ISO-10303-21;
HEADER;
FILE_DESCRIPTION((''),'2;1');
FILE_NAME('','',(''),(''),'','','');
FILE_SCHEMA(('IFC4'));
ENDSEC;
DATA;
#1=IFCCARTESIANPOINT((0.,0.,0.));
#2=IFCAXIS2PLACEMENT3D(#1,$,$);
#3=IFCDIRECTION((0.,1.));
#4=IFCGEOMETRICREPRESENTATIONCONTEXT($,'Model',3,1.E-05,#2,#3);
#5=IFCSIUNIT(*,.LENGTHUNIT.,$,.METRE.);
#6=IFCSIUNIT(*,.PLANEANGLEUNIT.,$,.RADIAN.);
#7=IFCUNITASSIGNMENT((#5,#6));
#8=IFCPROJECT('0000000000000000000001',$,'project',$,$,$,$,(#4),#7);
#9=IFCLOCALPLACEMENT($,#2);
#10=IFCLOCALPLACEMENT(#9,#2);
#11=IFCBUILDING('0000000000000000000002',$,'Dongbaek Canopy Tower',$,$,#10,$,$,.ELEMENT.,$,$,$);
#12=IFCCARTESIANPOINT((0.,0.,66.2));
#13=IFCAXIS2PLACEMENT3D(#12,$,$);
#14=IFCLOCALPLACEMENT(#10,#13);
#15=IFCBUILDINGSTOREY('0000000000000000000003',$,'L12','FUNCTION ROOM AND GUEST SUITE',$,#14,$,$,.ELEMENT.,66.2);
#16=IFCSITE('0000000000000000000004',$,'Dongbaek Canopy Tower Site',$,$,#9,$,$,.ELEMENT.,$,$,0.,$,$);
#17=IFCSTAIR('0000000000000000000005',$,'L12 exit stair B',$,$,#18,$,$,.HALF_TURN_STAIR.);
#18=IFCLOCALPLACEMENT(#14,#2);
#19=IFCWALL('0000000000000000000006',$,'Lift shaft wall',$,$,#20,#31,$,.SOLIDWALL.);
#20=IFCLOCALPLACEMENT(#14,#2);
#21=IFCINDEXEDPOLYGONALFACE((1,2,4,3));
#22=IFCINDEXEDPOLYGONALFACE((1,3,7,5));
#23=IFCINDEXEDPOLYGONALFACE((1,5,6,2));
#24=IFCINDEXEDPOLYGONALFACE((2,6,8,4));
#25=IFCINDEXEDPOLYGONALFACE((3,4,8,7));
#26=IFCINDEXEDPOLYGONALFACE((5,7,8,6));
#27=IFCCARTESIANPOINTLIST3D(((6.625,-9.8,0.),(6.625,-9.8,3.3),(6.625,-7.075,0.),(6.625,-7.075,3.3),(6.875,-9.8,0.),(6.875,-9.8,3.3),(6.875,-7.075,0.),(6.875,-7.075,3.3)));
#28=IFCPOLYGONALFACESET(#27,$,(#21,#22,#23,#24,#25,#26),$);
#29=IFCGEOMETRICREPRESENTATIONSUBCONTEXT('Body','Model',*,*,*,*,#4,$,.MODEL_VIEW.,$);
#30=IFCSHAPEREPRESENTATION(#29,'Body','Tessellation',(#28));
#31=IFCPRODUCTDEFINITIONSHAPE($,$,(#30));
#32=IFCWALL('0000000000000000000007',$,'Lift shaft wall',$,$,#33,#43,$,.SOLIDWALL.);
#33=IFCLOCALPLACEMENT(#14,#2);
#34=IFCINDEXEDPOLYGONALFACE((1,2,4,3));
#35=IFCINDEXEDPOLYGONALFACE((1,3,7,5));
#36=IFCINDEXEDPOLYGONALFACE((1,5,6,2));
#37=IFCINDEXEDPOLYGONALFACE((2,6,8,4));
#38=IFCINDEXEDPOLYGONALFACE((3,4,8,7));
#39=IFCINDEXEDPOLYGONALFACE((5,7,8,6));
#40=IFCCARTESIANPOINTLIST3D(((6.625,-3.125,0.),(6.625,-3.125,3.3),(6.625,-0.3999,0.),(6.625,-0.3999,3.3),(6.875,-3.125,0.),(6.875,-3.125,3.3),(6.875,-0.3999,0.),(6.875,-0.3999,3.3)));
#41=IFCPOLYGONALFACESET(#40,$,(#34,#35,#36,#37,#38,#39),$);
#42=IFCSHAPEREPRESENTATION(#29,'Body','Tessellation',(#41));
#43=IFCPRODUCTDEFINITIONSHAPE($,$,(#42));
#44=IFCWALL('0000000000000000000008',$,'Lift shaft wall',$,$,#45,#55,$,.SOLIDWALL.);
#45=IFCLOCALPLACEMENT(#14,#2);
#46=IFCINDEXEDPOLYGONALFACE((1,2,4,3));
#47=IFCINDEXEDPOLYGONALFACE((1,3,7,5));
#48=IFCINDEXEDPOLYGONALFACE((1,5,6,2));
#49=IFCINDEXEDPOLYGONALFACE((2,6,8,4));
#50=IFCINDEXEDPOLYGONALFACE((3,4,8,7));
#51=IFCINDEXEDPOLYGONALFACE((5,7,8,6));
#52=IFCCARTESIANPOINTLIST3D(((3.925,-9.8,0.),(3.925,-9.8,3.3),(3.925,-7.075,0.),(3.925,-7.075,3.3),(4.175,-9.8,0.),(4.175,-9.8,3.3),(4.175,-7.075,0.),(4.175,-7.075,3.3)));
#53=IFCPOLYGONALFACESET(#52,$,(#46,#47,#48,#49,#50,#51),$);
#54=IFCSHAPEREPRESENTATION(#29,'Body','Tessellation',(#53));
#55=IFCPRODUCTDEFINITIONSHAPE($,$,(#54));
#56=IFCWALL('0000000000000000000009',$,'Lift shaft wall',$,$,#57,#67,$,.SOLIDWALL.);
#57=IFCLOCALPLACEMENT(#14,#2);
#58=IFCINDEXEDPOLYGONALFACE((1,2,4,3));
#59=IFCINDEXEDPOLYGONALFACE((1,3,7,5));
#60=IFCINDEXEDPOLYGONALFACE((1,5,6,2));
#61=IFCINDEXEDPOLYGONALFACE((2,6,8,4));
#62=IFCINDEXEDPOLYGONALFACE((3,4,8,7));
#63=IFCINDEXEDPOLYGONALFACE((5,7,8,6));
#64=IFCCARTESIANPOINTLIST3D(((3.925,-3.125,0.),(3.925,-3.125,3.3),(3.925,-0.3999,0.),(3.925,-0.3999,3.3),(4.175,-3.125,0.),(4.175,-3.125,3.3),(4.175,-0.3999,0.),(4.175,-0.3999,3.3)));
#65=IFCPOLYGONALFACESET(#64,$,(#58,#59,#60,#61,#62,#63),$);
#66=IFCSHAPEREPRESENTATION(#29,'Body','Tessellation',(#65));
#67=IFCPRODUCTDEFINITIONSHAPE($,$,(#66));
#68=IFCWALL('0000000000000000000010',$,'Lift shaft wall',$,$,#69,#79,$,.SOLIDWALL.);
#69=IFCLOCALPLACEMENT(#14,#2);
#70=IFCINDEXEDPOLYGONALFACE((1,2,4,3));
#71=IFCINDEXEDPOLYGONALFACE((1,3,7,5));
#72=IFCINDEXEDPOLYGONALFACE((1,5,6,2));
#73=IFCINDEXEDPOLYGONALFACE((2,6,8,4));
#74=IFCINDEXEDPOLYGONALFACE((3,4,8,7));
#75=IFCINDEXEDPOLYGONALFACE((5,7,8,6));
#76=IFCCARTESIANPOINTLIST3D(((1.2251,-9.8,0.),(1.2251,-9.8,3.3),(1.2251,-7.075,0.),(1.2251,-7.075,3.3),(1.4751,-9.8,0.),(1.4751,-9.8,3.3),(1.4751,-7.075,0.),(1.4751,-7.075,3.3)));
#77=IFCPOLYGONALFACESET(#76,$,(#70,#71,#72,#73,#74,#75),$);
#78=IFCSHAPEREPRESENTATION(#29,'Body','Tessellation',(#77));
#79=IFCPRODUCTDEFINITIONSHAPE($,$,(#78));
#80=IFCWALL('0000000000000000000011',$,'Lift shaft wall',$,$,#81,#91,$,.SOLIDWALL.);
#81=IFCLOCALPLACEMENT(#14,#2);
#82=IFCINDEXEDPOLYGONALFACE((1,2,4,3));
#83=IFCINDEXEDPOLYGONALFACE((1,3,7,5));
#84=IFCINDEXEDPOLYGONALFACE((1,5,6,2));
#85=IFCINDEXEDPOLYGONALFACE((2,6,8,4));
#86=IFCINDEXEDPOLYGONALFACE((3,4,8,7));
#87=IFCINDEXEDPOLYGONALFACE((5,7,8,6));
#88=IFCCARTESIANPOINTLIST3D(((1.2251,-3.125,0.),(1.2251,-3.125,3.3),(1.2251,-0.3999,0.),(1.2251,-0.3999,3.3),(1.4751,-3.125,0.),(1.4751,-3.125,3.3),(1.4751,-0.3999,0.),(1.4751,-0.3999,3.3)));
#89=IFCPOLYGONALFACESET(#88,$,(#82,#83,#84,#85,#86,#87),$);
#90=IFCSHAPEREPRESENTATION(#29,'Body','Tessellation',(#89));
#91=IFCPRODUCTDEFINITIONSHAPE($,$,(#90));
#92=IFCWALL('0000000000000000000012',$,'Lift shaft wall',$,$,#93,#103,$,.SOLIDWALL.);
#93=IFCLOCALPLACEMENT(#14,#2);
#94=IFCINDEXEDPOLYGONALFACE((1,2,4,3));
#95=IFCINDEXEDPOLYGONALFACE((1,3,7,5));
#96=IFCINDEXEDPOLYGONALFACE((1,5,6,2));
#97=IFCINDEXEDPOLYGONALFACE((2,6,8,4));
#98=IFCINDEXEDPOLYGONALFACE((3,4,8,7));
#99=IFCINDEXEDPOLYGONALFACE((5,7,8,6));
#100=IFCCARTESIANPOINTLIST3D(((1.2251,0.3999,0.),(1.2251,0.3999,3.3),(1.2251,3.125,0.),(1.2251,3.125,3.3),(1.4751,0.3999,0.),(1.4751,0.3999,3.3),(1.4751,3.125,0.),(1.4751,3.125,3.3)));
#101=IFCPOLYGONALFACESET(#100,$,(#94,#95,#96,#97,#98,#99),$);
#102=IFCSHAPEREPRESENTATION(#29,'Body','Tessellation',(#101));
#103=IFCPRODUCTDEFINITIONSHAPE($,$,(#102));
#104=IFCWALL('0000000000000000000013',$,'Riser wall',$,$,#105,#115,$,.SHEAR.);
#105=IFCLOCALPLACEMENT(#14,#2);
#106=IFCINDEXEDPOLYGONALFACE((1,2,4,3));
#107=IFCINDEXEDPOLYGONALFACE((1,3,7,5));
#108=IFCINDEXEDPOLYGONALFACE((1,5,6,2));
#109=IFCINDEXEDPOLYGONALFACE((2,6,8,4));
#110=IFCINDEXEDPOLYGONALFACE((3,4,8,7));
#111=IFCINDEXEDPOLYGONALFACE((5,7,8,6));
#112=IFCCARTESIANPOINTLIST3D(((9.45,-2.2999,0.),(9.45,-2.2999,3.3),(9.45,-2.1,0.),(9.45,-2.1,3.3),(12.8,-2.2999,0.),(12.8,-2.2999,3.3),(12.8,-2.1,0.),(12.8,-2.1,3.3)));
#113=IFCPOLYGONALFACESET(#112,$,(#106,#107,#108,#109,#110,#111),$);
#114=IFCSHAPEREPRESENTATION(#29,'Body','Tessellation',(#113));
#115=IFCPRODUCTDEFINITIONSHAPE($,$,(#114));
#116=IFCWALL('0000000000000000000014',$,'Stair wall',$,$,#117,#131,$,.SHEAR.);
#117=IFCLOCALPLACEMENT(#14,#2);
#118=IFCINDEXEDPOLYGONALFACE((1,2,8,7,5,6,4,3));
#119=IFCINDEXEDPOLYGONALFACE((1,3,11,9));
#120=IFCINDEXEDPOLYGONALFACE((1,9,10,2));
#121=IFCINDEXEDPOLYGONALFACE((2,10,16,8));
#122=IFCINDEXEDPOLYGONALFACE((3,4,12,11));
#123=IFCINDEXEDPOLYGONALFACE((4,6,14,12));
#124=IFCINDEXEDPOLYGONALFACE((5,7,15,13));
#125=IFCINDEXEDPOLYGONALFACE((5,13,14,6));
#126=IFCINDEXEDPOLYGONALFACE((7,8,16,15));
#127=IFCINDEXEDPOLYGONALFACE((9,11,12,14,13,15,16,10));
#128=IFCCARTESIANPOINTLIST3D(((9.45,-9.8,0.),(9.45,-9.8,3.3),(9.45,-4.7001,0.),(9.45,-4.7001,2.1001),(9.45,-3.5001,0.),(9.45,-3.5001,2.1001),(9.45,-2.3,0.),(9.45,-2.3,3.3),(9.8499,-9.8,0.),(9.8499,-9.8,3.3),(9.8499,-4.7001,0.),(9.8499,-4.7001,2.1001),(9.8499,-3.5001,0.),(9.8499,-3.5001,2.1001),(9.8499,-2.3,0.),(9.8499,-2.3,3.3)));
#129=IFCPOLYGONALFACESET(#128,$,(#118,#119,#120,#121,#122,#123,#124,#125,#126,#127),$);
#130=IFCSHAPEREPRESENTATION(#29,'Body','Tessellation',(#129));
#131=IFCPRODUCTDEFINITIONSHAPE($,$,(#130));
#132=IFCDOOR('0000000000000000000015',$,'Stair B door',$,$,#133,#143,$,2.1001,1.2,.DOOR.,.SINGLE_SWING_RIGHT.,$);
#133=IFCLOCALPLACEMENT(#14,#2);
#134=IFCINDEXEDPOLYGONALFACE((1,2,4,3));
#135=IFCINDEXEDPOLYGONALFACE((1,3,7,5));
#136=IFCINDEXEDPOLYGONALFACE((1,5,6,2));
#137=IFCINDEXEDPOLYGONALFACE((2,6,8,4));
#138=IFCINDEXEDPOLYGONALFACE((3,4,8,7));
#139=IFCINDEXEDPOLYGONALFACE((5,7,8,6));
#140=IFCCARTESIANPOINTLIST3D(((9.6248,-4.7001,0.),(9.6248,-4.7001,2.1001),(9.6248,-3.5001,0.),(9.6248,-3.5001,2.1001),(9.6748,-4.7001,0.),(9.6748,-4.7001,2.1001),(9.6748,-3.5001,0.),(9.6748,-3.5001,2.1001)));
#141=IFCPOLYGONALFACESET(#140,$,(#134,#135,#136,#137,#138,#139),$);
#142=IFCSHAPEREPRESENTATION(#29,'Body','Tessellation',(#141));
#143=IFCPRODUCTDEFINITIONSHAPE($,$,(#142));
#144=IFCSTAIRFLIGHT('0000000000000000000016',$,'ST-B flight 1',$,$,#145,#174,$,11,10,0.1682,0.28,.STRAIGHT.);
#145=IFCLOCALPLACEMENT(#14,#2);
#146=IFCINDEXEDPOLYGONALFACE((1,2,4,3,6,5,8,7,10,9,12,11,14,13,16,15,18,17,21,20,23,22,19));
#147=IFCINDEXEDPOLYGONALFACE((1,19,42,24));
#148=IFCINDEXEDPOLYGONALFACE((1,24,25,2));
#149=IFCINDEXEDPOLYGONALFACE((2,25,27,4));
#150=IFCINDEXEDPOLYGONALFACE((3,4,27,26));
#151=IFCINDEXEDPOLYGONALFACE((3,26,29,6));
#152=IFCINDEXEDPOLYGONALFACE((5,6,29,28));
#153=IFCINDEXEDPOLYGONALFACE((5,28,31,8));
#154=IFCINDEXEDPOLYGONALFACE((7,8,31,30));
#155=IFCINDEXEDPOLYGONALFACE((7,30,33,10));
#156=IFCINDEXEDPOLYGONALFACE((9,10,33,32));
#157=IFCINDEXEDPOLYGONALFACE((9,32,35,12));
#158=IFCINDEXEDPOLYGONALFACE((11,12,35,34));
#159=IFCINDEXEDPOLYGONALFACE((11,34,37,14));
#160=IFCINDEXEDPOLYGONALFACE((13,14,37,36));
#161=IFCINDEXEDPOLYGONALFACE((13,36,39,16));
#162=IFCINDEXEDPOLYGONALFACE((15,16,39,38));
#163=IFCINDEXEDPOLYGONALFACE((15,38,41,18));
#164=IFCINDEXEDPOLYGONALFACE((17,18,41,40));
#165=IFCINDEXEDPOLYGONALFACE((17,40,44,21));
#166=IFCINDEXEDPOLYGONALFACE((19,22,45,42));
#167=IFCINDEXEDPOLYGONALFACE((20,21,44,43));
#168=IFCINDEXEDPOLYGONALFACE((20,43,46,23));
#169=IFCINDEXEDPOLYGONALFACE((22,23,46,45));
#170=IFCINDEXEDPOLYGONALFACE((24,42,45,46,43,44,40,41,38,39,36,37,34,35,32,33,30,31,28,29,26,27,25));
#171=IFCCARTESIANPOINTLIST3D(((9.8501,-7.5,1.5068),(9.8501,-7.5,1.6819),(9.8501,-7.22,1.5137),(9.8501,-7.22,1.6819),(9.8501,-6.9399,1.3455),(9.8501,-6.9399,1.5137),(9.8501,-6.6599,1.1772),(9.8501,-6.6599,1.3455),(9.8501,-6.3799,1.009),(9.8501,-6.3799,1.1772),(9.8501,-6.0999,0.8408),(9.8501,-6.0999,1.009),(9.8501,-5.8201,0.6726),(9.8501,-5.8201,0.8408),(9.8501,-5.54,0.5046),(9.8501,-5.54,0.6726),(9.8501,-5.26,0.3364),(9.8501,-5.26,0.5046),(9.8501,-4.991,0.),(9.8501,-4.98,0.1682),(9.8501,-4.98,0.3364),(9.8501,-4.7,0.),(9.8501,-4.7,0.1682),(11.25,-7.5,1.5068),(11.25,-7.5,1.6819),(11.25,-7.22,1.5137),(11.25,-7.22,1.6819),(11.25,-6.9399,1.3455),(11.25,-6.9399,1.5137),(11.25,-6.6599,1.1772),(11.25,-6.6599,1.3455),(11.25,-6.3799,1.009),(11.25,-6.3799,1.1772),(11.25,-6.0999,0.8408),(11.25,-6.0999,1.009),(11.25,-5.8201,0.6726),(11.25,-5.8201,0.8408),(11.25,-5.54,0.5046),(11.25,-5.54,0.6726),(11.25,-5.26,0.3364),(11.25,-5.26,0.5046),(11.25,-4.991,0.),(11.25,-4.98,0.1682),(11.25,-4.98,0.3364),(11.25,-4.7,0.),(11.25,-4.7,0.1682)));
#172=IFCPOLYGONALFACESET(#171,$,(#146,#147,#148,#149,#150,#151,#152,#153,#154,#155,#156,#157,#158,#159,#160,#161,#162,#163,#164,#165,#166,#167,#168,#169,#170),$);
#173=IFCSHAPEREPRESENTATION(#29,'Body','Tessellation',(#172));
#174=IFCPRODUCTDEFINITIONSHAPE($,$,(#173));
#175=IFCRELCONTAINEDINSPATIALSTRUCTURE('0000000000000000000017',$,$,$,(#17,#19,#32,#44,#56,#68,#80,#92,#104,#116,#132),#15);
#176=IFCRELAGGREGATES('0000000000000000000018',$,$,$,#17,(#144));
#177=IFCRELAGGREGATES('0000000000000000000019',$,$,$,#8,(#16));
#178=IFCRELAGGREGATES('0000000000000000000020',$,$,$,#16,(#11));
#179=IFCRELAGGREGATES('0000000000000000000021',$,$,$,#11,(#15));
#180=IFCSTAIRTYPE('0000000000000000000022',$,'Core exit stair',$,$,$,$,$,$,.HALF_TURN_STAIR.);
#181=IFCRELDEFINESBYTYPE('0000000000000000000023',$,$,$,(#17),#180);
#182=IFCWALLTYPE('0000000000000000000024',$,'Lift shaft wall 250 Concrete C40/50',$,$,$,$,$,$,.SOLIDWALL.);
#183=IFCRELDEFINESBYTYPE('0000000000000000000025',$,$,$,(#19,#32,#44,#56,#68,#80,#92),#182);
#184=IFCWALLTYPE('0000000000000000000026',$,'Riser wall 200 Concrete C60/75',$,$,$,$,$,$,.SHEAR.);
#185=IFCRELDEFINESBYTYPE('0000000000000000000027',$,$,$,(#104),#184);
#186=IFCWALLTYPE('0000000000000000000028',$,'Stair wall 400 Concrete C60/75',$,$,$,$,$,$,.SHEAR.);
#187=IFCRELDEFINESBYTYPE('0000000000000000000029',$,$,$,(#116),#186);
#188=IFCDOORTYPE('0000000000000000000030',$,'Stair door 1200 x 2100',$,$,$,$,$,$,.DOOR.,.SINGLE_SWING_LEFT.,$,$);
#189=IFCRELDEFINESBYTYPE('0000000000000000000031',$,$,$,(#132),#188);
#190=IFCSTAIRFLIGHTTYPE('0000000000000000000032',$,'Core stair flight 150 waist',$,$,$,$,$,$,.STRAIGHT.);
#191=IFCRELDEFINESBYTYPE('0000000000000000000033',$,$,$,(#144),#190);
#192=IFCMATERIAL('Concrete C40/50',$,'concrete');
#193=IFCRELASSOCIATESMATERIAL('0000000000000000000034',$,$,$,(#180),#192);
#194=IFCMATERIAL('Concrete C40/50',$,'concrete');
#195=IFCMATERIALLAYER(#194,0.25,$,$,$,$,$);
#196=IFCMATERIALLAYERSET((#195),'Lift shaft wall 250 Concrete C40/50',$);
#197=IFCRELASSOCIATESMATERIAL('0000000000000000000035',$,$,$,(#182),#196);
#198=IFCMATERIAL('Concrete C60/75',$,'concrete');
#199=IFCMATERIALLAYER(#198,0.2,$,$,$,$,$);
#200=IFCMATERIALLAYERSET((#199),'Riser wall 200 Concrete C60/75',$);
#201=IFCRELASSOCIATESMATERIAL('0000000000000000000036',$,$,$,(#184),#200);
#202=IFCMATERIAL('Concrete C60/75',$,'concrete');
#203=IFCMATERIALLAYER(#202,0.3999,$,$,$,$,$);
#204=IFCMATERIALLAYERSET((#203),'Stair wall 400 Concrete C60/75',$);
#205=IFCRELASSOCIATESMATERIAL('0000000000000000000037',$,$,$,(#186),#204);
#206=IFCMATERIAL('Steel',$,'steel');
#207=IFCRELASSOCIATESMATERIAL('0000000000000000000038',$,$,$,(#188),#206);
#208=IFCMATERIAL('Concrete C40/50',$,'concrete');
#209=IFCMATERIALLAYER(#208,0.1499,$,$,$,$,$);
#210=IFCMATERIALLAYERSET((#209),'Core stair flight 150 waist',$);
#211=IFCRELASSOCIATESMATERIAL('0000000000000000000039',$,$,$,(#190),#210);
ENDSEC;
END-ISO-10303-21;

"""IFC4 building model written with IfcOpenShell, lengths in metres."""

from ifc_helpers import new_model, si_unit, direction, frame, frame_2d, origin, place, context, subcontext, project, spatial, polyline, rectangle, outline, extrude, material, layer, layer_set, type_object, element, fill, aggregate, save


model = new_model("IFC4")

# Units and contexts
model_context = context("Model", 3, precision=1e-05, world=origin(), true_north=direction((0.0, 1.0)))
body_context = subcontext(model_context, "Body", "Model", "MODEL_VIEW")
ifc_project = project(units=[si_unit("LENGTHUNIT", "METRE"), si_unit("PLANEANGLEUNIT", "RADIAN")], contexts=[model_context])

# Site, building, storey
site_placement = place(None, origin())
site = spatial("IfcSite", under=ifc_project, at=site_placement, Name="Dongbaek Canopy Tower Site", CompositionType="ELEMENT", RefElevation=0.0)
building_placement = place(site_placement, origin())
building = spatial("IfcBuilding", under=site, at=building_placement, Name="Dongbaek Canopy Tower", CompositionType="ELEMENT")
storey_placement = place(building_placement, frame((0.0, 0.0, 66.2)))
storey = spatial("IfcBuildingStorey", under=building, at=storey_placement, Name="L12", Description="FUNCTION ROOM AND GUEST SUITE", CompositionType="ELEMENT", Elevation=66.2)

# Stair
ifc_material_1 = material(Name="Concrete C40/50", Category="concrete")
stair_type = type_object("IfcStairType", Name="Core exit stair", PredefinedType="HALF_TURN_STAIR", material=ifc_material_1)
stair_1_placement = place(storey_placement, origin())
stair_1 = element("IfcStair", 1, at=stair_1_placement, inside=storey, type_object=stair_type, Name="L12 exit stair B", PredefinedType="HALF_TURN_STAIR")

# Walls
ifc_material_2 = material(Name="Concrete C40/50", Category="concrete")
ifc_layer_1 = layer(ifc_material_2, 0.25)
ifc_layer_set_1 = layer_set([ifc_layer_1], Name="Lift shaft wall 250 Concrete C40/50")
wall_type_1 = type_object("IfcWallType", Name="Lift shaft wall 250 Concrete C40/50", PredefinedType="SOLIDWALL", material=ifc_layer_set_1)
for number, where, z_axis, x_axis, name in (
    (2, (6.75, -9.8, 0.0), (0.0, 0.0, 1.0), (0.0, 1.0, 0.0), "Lift shaft wall"),
    (3, (6.75, -3.125, 0.0), (0.0, 0.0, 1.0), (0.0, 1.0, 0.0), "Lift shaft wall"),
    (4, (4.05, -9.8, 0.0), (0.0, 0.0, 1.0), (0.0, 1.0, 0.0), "Lift shaft wall"),
    (5, (4.05, -3.125, 0.0), (0.0, 0.0, 1.0), (0.0, 1.0, 0.0), "Lift shaft wall"),
    (6, (1.3501, -9.8, 0.0), (0.0, 0.0, 1.0), (0.0, 1.0, 0.0), "Lift shaft wall"),
    (7, (1.3501, -3.125, 0.0), (0.0, 0.0, 1.0), (0.0, 1.0, 0.0), "Lift shaft wall"),
    (8, (1.3501, 0.3999, 0.0), (0.0, 0.0, 1.0), (0.0, 1.0, 0.0), "Lift shaft wall"),
):
    element("IfcWall", number, at=place(storey_placement, frame(where, z_axis=z_axis, x_axis=x_axis)), inside=storey, type_object=wall_type_1, Name=name, PredefinedType="SOLIDWALL", context=body_context, shape_type="SweptSolid", body=[
        extrude(rectangle(XDim=2.7251, YDim=0.25, at=frame_2d((1.3625, 0.0))), origin(), (0.0, 0.0, 1.0), 3.3),
    ])
ifc_material_3 = material(Name="Concrete C60/75", Category="concrete")
ifc_layer_2 = layer(ifc_material_3, 0.2)
ifc_layer_set_2 = layer_set([ifc_layer_2], Name="Riser wall 200 Concrete C60/75")
wall_type_2 = type_object("IfcWallType", Name="Riser wall 200 Concrete C60/75", PredefinedType="SHEAR", material=ifc_layer_set_2)
wall_1_placement = place(storey_placement, frame((9.45, -2.2, 0.0), z_axis=(0.0, 0.0, 1.0), x_axis=(1.0, 0.0, 0.0)))
element("IfcWall", 9, at=wall_1_placement, inside=storey, type_object=wall_type_2, Name="Riser wall", PredefinedType="SHEAR", context=body_context, shape_type="SweptSolid", body=[
    extrude(rectangle(XDim=3.3501, YDim=0.2, at=frame_2d((1.675, 0.0))), origin(), (0.0, 0.0, 1.0), 3.3),
])

# Wall, opening, door
ifc_material_4 = material(Name="Concrete C60/75", Category="concrete")
ifc_layer_3 = layer(ifc_material_4, 0.3999)
ifc_layer_set_3 = layer_set([ifc_layer_3], Name="Stair wall 400 Concrete C60/75")
wall_type_3 = type_object("IfcWallType", Name="Stair wall 400 Concrete C60/75", PredefinedType="SHEAR", material=ifc_layer_set_3)
wall_2_placement = place(storey_placement, frame((9.6499, -2.3, 0.0), z_axis=(0.0, 0.0, 1.0), x_axis=(0.0, -1.0, 0.0)))
wall_2 = element("IfcWall", 10, at=wall_2_placement, inside=storey, type_object=wall_type_3, Name="Stair wall", PredefinedType="SHEAR", context=body_context, shape_type="SweptSolid", body=[
    extrude(rectangle(XDim=7.5, YDim=0.3999, at=frame_2d((3.75, 0.0))), origin(), (0.0, 0.0, 1.0), 3.3),
])
opening_1_placement = place(wall_2_placement, frame((1.2, 0.0, 0.0)))
opening_1 = element("IfcOpeningElement", 11, at=opening_1_placement, cuts=wall_2, PredefinedType="OPENING", context=body_context, shape_type="SweptSolid", body=[
    extrude(rectangle(XDim=1.2, YDim=2.1001, at=frame_2d((0.6001, 1.05))), frame((0.0, 0.21, 0.0), z_axis=(0.0, -1.0, 0.0), x_axis=(1.0, 0.0, 0.0)), (0.0, 0.0, 1.0), 0.4199),
])
ifc_material_5 = material(Name="Steel", Category="steel")
door_type_1 = type_object("IfcDoorType", Name="Stair door 1200 x 2100", OperationType="SINGLE_SWING_LEFT", PredefinedType="DOOR", material=ifc_material_5)
door_1_placement = place(opening_1_placement, origin())
door_1 = element("IfcDoor", 12, at=door_1_placement, inside=storey, type_object=door_type_1, Name="Stair B door", OperationType="SINGLE_SWING_RIGHT", OverallHeight=2.1001, OverallWidth=1.2, PredefinedType="DOOR", context=body_context, shape_type="SweptSolid", body=[
    extrude(rectangle(XDim=1.2, YDim=2.1001, at=frame_2d((0.6001, 1.05))), frame((0.0, 0.0249, 0.0), z_axis=(0.0, -1.0, 0.0), x_axis=(1.0, 0.0, 0.0)), (0.0, 0.0, 1.0), 0.05),
])
fill(opening_1, door_1)

# Stair flight
ifc_material_6 = material(Name="Concrete C40/50", Category="concrete")
ifc_layer_4 = layer(ifc_material_6, 0.1499)
ifc_layer_set_4 = layer_set([ifc_layer_4], Name="Core stair flight 150 waist")
stair_flight_type = type_object("IfcStairFlightType", Name="Core stair flight 150 waist", PredefinedType="STRAIGHT", material=ifc_layer_set_4)
stair_flight_placement = place(storey_placement, frame((10.55, -4.7, 0.0), z_axis=(0.0, 0.0, 1.0), x_axis=(0.0, -1.0, 0.0)))
stair_flight = element("IfcStairFlight", 13, at=stair_flight_placement, type_object=stair_flight_type, Name="ST-B flight 1", NumberOfRisers=11, NumberOfTreads=10, PredefinedType="STRAIGHT", RiserHeight=0.1682, TreadLength=0.28, context=body_context, shape_type="SweptSolid", body=[
    extrude(outline(polyline([(0.0, 0.0), (0.0, 0.1682), (0.28, 0.1682), (0.28, 0.3364), (0.5601, 0.3364), (0.5601, 0.5046), (0.8401, 0.5046), (0.8401, 0.6726), (1.1201, 0.6726), (1.1201, 0.8408), (1.3999, 0.8408), (1.3999, 1.009), (1.6799, 1.009), (1.6799, 1.1772), (1.96, 1.1772), (1.96, 1.3455), (2.24, 1.3455), (2.24, 1.5137), (2.52, 1.5137), (2.52, 1.6819), (2.8, 1.6819), (2.8, 1.8501), (2.8, 1.5068), (0.291, 0.0), (0.0, 0.0)])), frame((0.0, 0.7, 0.0), z_axis=(0.0, -1.0, 0.0), x_axis=(1.0, 0.0, 0.0)), (0.0, 0.0, 1.0), 1.3999),
])
aggregate(stair_1, [stair_flight])

save(model, "model.ifc")
